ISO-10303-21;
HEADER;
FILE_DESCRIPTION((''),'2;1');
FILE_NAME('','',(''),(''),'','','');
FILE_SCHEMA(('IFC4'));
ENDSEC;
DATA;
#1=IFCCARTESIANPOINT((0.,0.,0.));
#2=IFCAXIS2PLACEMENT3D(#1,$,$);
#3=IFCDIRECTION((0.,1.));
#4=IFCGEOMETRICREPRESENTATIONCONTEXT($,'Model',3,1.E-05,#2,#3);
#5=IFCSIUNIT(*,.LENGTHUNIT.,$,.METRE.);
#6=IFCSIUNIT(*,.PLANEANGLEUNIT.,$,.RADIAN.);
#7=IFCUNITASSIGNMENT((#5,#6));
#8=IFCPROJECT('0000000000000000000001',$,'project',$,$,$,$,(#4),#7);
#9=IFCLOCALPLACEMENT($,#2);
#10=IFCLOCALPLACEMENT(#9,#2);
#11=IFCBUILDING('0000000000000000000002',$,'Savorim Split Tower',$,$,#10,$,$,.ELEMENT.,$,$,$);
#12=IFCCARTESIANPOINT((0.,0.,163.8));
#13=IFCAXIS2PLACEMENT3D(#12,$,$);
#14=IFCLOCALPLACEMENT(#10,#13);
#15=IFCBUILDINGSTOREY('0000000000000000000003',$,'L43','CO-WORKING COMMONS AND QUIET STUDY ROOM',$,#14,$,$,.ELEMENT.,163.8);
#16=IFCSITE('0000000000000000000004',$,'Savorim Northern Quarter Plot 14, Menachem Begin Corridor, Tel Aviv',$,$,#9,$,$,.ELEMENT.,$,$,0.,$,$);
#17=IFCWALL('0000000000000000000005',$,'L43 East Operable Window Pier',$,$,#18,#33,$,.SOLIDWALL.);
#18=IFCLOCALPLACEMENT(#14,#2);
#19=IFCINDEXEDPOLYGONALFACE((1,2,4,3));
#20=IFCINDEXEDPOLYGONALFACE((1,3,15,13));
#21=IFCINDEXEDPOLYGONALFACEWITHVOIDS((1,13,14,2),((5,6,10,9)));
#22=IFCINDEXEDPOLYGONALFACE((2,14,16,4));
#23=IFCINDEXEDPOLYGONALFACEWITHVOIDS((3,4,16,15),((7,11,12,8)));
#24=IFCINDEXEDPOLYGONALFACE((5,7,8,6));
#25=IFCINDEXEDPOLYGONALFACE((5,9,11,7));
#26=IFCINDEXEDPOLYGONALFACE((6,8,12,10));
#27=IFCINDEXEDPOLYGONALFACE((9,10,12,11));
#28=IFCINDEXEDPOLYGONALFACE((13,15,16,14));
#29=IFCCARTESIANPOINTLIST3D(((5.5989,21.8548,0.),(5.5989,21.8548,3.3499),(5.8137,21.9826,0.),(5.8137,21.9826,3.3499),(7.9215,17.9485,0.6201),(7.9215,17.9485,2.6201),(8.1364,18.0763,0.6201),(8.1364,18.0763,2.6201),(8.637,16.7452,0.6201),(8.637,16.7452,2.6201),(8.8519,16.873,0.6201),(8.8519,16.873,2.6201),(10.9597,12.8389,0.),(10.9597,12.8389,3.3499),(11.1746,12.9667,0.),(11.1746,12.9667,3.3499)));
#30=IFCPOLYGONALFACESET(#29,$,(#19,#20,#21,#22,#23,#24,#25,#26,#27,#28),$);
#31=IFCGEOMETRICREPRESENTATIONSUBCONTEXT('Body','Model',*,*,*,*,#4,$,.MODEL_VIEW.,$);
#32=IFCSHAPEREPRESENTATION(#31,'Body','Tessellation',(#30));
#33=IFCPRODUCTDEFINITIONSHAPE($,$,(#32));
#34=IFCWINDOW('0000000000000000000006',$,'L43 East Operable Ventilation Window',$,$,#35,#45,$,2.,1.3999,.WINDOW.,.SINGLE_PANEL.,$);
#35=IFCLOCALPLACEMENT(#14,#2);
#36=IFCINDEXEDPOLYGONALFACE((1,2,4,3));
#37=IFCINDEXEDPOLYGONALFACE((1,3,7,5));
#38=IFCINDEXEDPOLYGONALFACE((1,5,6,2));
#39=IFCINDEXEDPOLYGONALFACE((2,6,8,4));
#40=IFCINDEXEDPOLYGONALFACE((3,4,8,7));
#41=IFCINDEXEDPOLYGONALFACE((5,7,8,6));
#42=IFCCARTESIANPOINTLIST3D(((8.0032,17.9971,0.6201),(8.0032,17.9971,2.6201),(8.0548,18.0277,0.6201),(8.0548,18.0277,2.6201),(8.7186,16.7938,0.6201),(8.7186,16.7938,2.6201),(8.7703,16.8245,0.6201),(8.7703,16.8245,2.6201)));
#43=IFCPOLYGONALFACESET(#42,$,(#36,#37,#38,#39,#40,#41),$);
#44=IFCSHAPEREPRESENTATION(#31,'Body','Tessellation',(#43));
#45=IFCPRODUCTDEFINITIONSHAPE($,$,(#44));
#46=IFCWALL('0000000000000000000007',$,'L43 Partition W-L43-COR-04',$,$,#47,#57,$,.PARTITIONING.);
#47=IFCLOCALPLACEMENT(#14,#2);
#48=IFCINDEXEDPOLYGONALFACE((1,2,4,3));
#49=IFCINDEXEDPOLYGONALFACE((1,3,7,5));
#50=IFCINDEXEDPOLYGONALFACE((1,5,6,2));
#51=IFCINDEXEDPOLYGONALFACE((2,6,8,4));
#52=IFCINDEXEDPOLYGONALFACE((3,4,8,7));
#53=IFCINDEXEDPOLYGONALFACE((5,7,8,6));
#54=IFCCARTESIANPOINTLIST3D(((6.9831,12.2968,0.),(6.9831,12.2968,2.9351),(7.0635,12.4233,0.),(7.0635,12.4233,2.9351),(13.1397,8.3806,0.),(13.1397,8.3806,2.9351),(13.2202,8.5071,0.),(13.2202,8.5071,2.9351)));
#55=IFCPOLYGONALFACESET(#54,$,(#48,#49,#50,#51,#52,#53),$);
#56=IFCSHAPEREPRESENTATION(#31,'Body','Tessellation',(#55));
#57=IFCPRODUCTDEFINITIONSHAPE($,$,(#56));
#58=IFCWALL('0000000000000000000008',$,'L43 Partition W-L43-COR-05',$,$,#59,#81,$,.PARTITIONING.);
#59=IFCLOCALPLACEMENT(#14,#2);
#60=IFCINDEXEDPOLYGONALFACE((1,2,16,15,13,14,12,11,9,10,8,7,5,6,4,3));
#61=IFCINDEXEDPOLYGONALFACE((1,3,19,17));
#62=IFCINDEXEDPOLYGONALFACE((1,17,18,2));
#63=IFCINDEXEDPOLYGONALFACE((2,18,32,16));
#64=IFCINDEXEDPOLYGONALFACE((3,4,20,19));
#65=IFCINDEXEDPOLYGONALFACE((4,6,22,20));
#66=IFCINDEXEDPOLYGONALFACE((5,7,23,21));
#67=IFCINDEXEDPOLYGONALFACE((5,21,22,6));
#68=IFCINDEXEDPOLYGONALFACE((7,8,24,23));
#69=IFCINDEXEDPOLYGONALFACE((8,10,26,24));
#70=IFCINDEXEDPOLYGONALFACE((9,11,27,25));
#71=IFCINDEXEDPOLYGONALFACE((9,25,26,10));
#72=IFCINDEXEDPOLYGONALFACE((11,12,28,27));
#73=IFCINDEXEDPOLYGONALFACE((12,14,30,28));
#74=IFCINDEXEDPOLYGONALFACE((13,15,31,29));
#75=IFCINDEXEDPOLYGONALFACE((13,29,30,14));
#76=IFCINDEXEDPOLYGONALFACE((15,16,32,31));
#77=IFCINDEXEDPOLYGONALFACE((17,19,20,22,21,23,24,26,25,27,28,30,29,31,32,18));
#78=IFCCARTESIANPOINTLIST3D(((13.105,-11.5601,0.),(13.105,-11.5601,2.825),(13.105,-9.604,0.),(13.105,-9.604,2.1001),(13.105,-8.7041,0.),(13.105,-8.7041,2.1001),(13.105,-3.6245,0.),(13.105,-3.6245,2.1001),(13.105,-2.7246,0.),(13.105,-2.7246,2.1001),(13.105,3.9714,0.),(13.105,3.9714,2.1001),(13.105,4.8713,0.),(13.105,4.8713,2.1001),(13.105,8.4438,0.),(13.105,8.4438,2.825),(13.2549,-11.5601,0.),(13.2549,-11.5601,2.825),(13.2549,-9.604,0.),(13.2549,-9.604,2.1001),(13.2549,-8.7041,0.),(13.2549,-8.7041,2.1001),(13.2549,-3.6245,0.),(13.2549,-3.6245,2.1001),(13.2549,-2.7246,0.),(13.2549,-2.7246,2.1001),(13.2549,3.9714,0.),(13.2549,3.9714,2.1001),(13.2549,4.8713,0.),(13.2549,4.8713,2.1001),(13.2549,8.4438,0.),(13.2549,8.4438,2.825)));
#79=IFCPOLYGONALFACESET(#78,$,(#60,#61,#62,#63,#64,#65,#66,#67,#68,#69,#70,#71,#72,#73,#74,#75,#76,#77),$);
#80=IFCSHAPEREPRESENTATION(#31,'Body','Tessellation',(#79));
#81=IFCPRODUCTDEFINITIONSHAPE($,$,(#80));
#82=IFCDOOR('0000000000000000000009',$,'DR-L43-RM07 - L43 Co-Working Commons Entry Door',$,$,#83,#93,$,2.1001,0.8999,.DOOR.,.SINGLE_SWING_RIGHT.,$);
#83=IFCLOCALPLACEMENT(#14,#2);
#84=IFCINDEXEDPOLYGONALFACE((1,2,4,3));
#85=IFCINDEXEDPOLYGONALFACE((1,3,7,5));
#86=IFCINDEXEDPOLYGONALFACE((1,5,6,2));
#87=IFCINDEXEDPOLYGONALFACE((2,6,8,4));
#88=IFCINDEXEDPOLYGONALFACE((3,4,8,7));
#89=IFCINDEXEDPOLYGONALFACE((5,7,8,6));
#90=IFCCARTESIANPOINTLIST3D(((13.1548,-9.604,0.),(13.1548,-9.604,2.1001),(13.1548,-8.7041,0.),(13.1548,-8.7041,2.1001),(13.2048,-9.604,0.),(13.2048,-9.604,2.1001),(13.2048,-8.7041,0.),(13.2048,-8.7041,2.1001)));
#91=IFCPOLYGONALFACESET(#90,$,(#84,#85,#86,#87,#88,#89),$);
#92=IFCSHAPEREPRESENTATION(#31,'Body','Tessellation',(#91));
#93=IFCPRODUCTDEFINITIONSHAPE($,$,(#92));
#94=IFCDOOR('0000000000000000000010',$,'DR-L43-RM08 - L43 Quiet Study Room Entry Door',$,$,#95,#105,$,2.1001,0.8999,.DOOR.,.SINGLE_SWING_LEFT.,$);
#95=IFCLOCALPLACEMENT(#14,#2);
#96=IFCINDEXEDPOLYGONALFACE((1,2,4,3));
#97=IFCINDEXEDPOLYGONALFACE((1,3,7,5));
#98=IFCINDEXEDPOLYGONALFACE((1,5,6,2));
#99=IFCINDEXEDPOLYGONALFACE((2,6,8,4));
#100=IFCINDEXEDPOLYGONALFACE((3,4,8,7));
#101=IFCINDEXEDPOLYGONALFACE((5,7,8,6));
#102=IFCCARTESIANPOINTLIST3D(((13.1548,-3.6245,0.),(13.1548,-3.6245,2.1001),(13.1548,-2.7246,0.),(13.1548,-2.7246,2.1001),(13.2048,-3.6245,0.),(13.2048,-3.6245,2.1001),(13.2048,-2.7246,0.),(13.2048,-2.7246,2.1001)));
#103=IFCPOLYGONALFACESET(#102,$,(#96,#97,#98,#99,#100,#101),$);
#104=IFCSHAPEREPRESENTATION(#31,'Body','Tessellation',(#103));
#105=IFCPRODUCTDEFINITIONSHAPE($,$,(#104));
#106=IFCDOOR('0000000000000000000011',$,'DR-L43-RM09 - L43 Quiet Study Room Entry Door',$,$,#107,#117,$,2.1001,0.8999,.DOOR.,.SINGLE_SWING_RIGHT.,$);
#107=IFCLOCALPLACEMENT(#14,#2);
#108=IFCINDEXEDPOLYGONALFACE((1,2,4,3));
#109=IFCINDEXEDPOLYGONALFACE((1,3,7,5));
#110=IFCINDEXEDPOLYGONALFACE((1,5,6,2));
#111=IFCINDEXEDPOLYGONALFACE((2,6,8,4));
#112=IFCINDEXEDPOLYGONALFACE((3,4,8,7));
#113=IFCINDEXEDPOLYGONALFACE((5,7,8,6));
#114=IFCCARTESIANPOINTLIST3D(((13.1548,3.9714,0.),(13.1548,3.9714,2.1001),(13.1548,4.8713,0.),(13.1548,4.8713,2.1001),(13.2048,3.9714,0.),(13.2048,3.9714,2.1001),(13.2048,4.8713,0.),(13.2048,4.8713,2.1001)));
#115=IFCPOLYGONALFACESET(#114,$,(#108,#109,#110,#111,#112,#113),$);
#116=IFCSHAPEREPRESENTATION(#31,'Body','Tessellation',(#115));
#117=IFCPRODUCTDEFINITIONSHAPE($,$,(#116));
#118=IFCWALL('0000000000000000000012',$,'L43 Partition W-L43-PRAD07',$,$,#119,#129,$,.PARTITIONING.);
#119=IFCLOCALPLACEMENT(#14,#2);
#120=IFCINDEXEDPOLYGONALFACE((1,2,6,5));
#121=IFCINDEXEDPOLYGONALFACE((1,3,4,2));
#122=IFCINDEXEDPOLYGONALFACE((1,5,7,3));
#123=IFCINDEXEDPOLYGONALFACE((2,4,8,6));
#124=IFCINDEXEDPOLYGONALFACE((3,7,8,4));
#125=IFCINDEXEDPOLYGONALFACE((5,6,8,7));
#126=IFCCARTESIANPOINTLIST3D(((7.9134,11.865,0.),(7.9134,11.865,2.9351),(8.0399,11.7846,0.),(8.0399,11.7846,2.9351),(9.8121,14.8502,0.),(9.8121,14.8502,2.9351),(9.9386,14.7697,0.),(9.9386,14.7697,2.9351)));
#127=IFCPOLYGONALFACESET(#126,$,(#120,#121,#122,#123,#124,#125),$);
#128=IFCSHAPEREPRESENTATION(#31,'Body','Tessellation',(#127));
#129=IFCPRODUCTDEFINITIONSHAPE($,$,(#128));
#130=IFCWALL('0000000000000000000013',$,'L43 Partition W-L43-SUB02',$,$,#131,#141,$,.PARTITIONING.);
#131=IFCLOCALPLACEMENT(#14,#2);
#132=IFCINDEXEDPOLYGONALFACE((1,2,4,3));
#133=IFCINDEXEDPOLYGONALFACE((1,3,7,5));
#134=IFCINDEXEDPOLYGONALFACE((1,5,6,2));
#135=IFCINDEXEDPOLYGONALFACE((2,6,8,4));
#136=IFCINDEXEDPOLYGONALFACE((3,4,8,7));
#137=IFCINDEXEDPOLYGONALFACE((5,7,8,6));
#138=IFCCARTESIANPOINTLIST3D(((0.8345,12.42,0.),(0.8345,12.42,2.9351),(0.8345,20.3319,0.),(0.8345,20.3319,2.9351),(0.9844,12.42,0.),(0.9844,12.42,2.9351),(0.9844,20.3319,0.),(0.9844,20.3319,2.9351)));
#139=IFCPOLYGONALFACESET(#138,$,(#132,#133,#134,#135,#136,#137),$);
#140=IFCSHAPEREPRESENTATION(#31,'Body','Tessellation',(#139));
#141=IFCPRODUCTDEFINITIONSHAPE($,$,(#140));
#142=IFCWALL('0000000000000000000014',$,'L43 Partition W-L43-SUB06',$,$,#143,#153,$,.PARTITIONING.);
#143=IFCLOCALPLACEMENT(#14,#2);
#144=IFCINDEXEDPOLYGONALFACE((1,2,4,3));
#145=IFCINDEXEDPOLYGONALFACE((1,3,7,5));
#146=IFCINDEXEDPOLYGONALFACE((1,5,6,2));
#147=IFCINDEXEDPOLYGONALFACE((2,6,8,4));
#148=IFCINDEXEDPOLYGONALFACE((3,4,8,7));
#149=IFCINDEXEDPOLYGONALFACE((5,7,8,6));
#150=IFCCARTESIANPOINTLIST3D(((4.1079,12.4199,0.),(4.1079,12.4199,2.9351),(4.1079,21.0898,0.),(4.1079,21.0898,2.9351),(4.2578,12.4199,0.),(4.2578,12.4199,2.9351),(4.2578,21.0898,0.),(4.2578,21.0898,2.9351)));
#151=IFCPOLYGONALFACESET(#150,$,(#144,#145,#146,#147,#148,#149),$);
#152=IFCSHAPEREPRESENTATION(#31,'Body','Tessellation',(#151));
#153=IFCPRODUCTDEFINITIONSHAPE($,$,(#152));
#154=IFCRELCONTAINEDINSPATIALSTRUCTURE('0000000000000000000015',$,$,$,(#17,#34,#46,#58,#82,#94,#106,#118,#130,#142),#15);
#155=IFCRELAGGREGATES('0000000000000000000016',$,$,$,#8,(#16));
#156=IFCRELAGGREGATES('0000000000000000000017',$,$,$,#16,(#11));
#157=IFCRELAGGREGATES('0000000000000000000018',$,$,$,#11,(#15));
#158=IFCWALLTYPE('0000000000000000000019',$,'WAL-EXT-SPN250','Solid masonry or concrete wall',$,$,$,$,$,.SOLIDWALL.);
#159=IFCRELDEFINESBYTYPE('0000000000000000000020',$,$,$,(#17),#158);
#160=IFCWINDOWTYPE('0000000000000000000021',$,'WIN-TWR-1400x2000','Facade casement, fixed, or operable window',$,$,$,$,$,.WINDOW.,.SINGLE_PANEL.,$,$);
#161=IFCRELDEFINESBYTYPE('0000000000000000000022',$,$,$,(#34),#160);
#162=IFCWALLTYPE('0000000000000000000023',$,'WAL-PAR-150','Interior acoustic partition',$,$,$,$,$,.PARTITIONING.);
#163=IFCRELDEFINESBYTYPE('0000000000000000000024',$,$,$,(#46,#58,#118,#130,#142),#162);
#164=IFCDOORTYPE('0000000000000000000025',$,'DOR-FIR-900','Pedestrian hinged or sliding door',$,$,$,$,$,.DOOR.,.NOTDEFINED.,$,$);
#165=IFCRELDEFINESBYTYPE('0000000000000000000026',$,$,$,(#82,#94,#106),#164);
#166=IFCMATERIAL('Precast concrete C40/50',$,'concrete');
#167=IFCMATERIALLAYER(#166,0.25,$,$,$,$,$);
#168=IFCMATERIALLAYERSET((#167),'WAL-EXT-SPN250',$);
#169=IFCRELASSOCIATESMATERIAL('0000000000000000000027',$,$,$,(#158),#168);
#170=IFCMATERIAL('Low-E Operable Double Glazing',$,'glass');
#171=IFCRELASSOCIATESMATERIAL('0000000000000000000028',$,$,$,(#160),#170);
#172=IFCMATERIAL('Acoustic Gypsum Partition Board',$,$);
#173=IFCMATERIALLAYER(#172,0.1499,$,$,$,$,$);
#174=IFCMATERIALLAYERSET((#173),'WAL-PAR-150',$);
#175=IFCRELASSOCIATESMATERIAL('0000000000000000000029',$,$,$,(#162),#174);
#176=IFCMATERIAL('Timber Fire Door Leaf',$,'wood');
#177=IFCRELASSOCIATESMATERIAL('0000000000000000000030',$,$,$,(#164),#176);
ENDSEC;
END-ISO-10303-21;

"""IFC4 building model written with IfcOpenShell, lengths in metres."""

from ifc_helpers import new_model, si_unit, direction, frame, frame_2d, origin, place, context, subcontext, project, spatial, rectangle, extrude, material, layer, layer_set, type_object, element, fill, save


model = new_model("IFC4")

# Units and contexts
model_context = context("Model", 3, precision=1e-05, world=origin(), true_north=direction((0.0, 1.0)))
body_context = subcontext(model_context, "Body", "Model", "MODEL_VIEW")
ifc_project = project(units=[si_unit("LENGTHUNIT", "METRE"), si_unit("PLANEANGLEUNIT", "RADIAN")], contexts=[model_context])

# Site, building, storey
site_placement = place(None, origin())
site = spatial("IfcSite", under=ifc_project, at=site_placement, Name="Savorim Northern Quarter Plot 14, Menachem Begin Corridor, Tel Aviv", CompositionType="ELEMENT", RefElevation=0.0)
building_placement = place(site_placement, origin())
building = spatial("IfcBuilding", under=site, at=building_placement, Name="Savorim Split Tower", CompositionType="ELEMENT")
storey_placement = place(building_placement, frame((0.0, 0.0, 163.8)))
storey = spatial("IfcBuildingStorey", under=building, at=storey_placement, Name="L43", Description="CO-WORKING COMMONS AND QUIET STUDY ROOM", CompositionType="ELEMENT", Elevation=163.8)

# Shared definitions
ifc_material_1 = material(Name="Timber Fire Door Leaf", Category="wood")

# Shared definitions
ifc_material_2 = material(Name="Precast concrete C40/50", Category="concrete")

# Wall, opening, window
ifc_layer_1 = layer(ifc_material_2, 0.25)
ifc_layer_set_1 = layer_set([ifc_layer_1], Name="WAL-EXT-SPN250")
wall_type_1 = type_object("IfcWallType", Name="WAL-EXT-SPN250", Description="Solid masonry or concrete wall", PredefinedType="SOLIDWALL", material=ifc_layer_set_1)
wall_1_placement = place(storey_placement, frame((5.7063, 21.9187, 0.0), z_axis=(0.0, 0.0, 1.0), x_axis=(0.511079, -0.859534, 0.0)))
wall_1 = element("IfcWall", 1, at=wall_1_placement, inside=storey, type_object=wall_type_1, Name="L43 East Operable Window Pier", PredefinedType="SOLIDWALL", context=body_context, shape_type="SweptSolid", body=[
    extrude(rectangle(XDim=10.4893, YDim=0.25, at=frame_2d((5.2446, 0.0))), origin(), (0.0, 0.0, 1.0), 3.3499),
])
opening_1_placement = place(wall_1_placement, frame((4.5447, 0.0, 0.6201)))
opening_1 = element("IfcOpeningElement", 2, at=opening_1_placement, cuts=wall_1, PredefinedType="OPENING", context=body_context, shape_type="SweptSolid", body=[
    extrude(rectangle(XDim=1.3999, YDim=2.0, at=frame_2d((0.7, 1.0))), frame((0.0, 0.135, 0.0), z_axis=(0.0, -1.0, 0.0), x_axis=(1.0, 0.0, 0.0)), (0.0, 0.0, 1.0), 0.27),
])
ifc_material_3 = material(Name="Low-E Operable Double Glazing", Category="glass")
window_type = type_object("IfcWindowType", Name="WIN-TWR-1400x2000", Description="Facade casement, fixed, or operable window", PartitioningType="SINGLE_PANEL", PredefinedType="WINDOW", material=ifc_material_3)
window_placement = place(opening_1_placement, origin())
window = element("IfcWindow", 3, at=window_placement, inside=storey, type_object=window_type, Name="L43 East Operable Ventilation Window", OverallHeight=2.0, OverallWidth=1.3999, PartitioningType="SINGLE_PANEL", PredefinedType="WINDOW", context=body_context, shape_type="SweptSolid", body=[
    extrude(rectangle(XDim=1.3999, YDim=2.0, at=frame_2d((0.7, 1.0))), frame((0.0, 0.03, 0.0), z_axis=(0.0, -1.0, 0.0), x_axis=(1.0, 0.0, 0.0)), (0.0, 0.0, 1.0), 0.0601),
])
fill(opening_1, window)

# Wall
ifc_material_4 = material(Name="Acoustic Gypsum Partition Board")
ifc_layer_2 = layer(ifc_material_4, 0.1499)
ifc_layer_set_2 = layer_set([ifc_layer_2], Name="WAL-PAR-150")
wall_type_2 = type_object("IfcWallType", Name="WAL-PAR-150", Description="Interior acoustic partition", PredefinedType="PARTITIONING", material=ifc_layer_set_2)
wall_2_placement = place(storey_placement, frame((7.0232, 12.3601, 0.0), z_axis=(0.0, 0.0, 1.0), x_axis=(0.843765, -0.536713, 0.0)))
element("IfcWall", 4, at=wall_2_placement, inside=storey, type_object=wall_type_2, Name="L43 Partition W-L43-COR-04", PredefinedType="PARTITIONING", context=body_context, shape_type="SweptSolid", body=[
    extrude(rectangle(XDim=7.2966, YDim=0.1499, at=frame_2d((3.6484, 0.0))), origin(), (0.0, 0.0, 1.0), 2.9351),
])

# Wall, openings, doors
wall_3_placement = place(storey_placement, frame((13.1799, 8.4438, 0.0), z_axis=(0.0, 0.0, 1.0), x_axis=(0.0, -1.0, 0.0)))
wall_3 = element("IfcWall", 5, at=wall_3_placement, inside=storey, type_object=wall_type_2, Name="L43 Partition W-L43-COR-05", PredefinedType="PARTITIONING", context=body_context, shape_type="SweptSolid", body=[
    extrude(rectangle(XDim=20.0039, YDim=0.1499, at=frame_2d((10.002, 0.0))), origin(), (0.0, 0.0, 1.0), 2.825),
])
opening_2_placement = place(wall_3_placement, frame((17.1479, 0.0, 0.0)))
opening_2 = element("IfcOpeningElement", 6, at=opening_2_placement, cuts=wall_3, PredefinedType="OPENING", context=body_context, shape_type="SweptSolid", body=[
    extrude(rectangle(XDim=0.8999, YDim=2.1001, at=frame_2d((0.45, 1.05))), frame((0.0, 0.085, 0.0), z_axis=(0.0, -1.0, 0.0), x_axis=(1.0, 0.0, 0.0)), (0.0, 0.0, 1.0), 0.1699),
])
opening_3_placement = place(wall_3_placement, frame((11.1685, 0.0, 0.0)))
opening_3 = element("IfcOpeningElement", 7, at=opening_3_placement, cuts=wall_3, PredefinedType="OPENING", context=body_context, shape_type="SweptSolid", body=[
    extrude(rectangle(XDim=0.8999, YDim=2.1001, at=frame_2d((0.45, 1.05))), frame((0.0, 0.085, 0.0), z_axis=(0.0, -1.0, 0.0), x_axis=(1.0, 0.0, 0.0)), (0.0, 0.0, 1.0), 0.1699),
])
opening_4_placement = place(wall_3_placement, frame((3.5725, 0.0, 0.0)))
opening_4 = element("IfcOpeningElement", 8, at=opening_4_placement, cuts=wall_3, PredefinedType="OPENING", context=body_context, shape_type="SweptSolid", body=[
    extrude(rectangle(XDim=0.8999, YDim=2.1001, at=frame_2d((0.45, 1.05))), frame((0.0, 0.085, 0.0), z_axis=(0.0, -1.0, 0.0), x_axis=(1.0, 0.0, 0.0)), (0.0, 0.0, 1.0), 0.1699),
])
door_type_1 = type_object("IfcDoorType", Name="DOR-FIR-900", Description="Pedestrian hinged or sliding door", OperationType="NOTDEFINED", PredefinedType="DOOR", material=ifc_material_1)
door_1_placement = place(opening_2_placement, origin())
door_1 = element("IfcDoor", 9, at=door_1_placement, inside=storey, type_object=door_type_1, Name="DR-L43-RM07 - L43 Co-Working Commons Entry Door", OperationType="SINGLE_SWING_RIGHT", OverallHeight=2.1001, OverallWidth=0.8999, PredefinedType="DOOR", context=body_context, shape_type="SweptSolid", body=[
    extrude(rectangle(XDim=0.8999, YDim=2.1001, at=frame_2d((0.45, 1.05))), frame((0.0, 0.0249, 0.0), z_axis=(0.0, -1.0, 0.0), x_axis=(1.0, 0.0, 0.0)), (0.0, 0.0, 1.0), 0.05),
])
fill(opening_2, door_1)
door_2_placement = place(opening_3_placement, origin())
door_2 = element("IfcDoor", 10, at=door_2_placement, inside=storey, type_object=door_type_1, Name="DR-L43-RM08 - L43 Quiet Study Room Entry Door", OperationType="SINGLE_SWING_LEFT", OverallHeight=2.1001, OverallWidth=0.8999, PredefinedType="DOOR", context=body_context, shape_type="SweptSolid", body=[
    extrude(rectangle(XDim=0.8999, YDim=2.1001, at=frame_2d((0.45, 1.05))), frame((0.0, 0.0249, 0.0), z_axis=(0.0, -1.0, 0.0), x_axis=(1.0, 0.0, 0.0)), (0.0, 0.0, 1.0), 0.05),
])
fill(opening_3, door_2)
door_3_placement = place(opening_4_placement, origin())
door_3 = element("IfcDoor", 11, at=door_3_placement, inside=storey, type_object=door_type_1, Name="DR-L43-RM09 - L43 Quiet Study Room Entry Door", OperationType="SINGLE_SWING_RIGHT", OverallHeight=2.1001, OverallWidth=0.8999, PredefinedType="DOOR", context=body_context, shape_type="SweptSolid", body=[
    extrude(rectangle(XDim=0.8999, YDim=2.1001, at=frame_2d((0.45, 1.05))), frame((0.0, 0.0249, 0.0), z_axis=(0.0, -1.0, 0.0), x_axis=(1.0, 0.0, 0.0)), (0.0, 0.0, 1.0), 0.05),
])
fill(opening_4, door_3)

# Walls
wall_4_placement = place(storey_placement, frame((7.9766, 11.8247, 0.0), z_axis=(0.0, 0.0, 1.0), x_axis=(0.536688, 0.843781, 0.0)))
element("IfcWall", 12, at=wall_4_placement, inside=storey, type_object=wall_type_2, Name="L43 Partition W-L43-PRAD07", PredefinedType="PARTITIONING", context=body_context, shape_type="SweptSolid", body=[
    extrude(rectangle(XDim=3.5378, YDim=0.1499, at=frame_2d((1.769, 0.0))), origin(), (0.0, 0.0, 1.0), 2.9351),
])
wall_5_placement = place(storey_placement, frame((0.9094, 12.4199, 0.0), z_axis=(0.0, 0.0, 1.0), x_axis=(0.0, 1.0, 0.0)))
element("IfcWall", 13, at=wall_5_placement, inside=storey, type_object=wall_type_2, Name="L43 Partition W-L43-SUB02", PredefinedType="PARTITIONING", context=body_context, shape_type="SweptSolid", body=[
    extrude(rectangle(XDim=7.9119, YDim=0.1499, at=frame_2d((3.9561, 0.0))), origin(), (0.0, 0.0, 1.0), 2.9351),
])
wall_6_placement = place(storey_placement, frame((4.1829, 12.4199, 0.0), z_axis=(0.0, 0.0, 1.0), x_axis=(0.0, 1.0, 0.0)))
element("IfcWall", 14, at=wall_6_placement, inside=storey, type_object=wall_type_2, Name="L43 Partition W-L43-SUB06", PredefinedType="PARTITIONING", context=body_context, shape_type="SweptSolid", body=[
    extrude(rectangle(XDim=8.6699, YDim=0.1499, at=frame_2d((4.335, 0.0))), origin(), (0.0, 0.0, 1.0), 2.9351),
])

save(model, "model.ifc")
